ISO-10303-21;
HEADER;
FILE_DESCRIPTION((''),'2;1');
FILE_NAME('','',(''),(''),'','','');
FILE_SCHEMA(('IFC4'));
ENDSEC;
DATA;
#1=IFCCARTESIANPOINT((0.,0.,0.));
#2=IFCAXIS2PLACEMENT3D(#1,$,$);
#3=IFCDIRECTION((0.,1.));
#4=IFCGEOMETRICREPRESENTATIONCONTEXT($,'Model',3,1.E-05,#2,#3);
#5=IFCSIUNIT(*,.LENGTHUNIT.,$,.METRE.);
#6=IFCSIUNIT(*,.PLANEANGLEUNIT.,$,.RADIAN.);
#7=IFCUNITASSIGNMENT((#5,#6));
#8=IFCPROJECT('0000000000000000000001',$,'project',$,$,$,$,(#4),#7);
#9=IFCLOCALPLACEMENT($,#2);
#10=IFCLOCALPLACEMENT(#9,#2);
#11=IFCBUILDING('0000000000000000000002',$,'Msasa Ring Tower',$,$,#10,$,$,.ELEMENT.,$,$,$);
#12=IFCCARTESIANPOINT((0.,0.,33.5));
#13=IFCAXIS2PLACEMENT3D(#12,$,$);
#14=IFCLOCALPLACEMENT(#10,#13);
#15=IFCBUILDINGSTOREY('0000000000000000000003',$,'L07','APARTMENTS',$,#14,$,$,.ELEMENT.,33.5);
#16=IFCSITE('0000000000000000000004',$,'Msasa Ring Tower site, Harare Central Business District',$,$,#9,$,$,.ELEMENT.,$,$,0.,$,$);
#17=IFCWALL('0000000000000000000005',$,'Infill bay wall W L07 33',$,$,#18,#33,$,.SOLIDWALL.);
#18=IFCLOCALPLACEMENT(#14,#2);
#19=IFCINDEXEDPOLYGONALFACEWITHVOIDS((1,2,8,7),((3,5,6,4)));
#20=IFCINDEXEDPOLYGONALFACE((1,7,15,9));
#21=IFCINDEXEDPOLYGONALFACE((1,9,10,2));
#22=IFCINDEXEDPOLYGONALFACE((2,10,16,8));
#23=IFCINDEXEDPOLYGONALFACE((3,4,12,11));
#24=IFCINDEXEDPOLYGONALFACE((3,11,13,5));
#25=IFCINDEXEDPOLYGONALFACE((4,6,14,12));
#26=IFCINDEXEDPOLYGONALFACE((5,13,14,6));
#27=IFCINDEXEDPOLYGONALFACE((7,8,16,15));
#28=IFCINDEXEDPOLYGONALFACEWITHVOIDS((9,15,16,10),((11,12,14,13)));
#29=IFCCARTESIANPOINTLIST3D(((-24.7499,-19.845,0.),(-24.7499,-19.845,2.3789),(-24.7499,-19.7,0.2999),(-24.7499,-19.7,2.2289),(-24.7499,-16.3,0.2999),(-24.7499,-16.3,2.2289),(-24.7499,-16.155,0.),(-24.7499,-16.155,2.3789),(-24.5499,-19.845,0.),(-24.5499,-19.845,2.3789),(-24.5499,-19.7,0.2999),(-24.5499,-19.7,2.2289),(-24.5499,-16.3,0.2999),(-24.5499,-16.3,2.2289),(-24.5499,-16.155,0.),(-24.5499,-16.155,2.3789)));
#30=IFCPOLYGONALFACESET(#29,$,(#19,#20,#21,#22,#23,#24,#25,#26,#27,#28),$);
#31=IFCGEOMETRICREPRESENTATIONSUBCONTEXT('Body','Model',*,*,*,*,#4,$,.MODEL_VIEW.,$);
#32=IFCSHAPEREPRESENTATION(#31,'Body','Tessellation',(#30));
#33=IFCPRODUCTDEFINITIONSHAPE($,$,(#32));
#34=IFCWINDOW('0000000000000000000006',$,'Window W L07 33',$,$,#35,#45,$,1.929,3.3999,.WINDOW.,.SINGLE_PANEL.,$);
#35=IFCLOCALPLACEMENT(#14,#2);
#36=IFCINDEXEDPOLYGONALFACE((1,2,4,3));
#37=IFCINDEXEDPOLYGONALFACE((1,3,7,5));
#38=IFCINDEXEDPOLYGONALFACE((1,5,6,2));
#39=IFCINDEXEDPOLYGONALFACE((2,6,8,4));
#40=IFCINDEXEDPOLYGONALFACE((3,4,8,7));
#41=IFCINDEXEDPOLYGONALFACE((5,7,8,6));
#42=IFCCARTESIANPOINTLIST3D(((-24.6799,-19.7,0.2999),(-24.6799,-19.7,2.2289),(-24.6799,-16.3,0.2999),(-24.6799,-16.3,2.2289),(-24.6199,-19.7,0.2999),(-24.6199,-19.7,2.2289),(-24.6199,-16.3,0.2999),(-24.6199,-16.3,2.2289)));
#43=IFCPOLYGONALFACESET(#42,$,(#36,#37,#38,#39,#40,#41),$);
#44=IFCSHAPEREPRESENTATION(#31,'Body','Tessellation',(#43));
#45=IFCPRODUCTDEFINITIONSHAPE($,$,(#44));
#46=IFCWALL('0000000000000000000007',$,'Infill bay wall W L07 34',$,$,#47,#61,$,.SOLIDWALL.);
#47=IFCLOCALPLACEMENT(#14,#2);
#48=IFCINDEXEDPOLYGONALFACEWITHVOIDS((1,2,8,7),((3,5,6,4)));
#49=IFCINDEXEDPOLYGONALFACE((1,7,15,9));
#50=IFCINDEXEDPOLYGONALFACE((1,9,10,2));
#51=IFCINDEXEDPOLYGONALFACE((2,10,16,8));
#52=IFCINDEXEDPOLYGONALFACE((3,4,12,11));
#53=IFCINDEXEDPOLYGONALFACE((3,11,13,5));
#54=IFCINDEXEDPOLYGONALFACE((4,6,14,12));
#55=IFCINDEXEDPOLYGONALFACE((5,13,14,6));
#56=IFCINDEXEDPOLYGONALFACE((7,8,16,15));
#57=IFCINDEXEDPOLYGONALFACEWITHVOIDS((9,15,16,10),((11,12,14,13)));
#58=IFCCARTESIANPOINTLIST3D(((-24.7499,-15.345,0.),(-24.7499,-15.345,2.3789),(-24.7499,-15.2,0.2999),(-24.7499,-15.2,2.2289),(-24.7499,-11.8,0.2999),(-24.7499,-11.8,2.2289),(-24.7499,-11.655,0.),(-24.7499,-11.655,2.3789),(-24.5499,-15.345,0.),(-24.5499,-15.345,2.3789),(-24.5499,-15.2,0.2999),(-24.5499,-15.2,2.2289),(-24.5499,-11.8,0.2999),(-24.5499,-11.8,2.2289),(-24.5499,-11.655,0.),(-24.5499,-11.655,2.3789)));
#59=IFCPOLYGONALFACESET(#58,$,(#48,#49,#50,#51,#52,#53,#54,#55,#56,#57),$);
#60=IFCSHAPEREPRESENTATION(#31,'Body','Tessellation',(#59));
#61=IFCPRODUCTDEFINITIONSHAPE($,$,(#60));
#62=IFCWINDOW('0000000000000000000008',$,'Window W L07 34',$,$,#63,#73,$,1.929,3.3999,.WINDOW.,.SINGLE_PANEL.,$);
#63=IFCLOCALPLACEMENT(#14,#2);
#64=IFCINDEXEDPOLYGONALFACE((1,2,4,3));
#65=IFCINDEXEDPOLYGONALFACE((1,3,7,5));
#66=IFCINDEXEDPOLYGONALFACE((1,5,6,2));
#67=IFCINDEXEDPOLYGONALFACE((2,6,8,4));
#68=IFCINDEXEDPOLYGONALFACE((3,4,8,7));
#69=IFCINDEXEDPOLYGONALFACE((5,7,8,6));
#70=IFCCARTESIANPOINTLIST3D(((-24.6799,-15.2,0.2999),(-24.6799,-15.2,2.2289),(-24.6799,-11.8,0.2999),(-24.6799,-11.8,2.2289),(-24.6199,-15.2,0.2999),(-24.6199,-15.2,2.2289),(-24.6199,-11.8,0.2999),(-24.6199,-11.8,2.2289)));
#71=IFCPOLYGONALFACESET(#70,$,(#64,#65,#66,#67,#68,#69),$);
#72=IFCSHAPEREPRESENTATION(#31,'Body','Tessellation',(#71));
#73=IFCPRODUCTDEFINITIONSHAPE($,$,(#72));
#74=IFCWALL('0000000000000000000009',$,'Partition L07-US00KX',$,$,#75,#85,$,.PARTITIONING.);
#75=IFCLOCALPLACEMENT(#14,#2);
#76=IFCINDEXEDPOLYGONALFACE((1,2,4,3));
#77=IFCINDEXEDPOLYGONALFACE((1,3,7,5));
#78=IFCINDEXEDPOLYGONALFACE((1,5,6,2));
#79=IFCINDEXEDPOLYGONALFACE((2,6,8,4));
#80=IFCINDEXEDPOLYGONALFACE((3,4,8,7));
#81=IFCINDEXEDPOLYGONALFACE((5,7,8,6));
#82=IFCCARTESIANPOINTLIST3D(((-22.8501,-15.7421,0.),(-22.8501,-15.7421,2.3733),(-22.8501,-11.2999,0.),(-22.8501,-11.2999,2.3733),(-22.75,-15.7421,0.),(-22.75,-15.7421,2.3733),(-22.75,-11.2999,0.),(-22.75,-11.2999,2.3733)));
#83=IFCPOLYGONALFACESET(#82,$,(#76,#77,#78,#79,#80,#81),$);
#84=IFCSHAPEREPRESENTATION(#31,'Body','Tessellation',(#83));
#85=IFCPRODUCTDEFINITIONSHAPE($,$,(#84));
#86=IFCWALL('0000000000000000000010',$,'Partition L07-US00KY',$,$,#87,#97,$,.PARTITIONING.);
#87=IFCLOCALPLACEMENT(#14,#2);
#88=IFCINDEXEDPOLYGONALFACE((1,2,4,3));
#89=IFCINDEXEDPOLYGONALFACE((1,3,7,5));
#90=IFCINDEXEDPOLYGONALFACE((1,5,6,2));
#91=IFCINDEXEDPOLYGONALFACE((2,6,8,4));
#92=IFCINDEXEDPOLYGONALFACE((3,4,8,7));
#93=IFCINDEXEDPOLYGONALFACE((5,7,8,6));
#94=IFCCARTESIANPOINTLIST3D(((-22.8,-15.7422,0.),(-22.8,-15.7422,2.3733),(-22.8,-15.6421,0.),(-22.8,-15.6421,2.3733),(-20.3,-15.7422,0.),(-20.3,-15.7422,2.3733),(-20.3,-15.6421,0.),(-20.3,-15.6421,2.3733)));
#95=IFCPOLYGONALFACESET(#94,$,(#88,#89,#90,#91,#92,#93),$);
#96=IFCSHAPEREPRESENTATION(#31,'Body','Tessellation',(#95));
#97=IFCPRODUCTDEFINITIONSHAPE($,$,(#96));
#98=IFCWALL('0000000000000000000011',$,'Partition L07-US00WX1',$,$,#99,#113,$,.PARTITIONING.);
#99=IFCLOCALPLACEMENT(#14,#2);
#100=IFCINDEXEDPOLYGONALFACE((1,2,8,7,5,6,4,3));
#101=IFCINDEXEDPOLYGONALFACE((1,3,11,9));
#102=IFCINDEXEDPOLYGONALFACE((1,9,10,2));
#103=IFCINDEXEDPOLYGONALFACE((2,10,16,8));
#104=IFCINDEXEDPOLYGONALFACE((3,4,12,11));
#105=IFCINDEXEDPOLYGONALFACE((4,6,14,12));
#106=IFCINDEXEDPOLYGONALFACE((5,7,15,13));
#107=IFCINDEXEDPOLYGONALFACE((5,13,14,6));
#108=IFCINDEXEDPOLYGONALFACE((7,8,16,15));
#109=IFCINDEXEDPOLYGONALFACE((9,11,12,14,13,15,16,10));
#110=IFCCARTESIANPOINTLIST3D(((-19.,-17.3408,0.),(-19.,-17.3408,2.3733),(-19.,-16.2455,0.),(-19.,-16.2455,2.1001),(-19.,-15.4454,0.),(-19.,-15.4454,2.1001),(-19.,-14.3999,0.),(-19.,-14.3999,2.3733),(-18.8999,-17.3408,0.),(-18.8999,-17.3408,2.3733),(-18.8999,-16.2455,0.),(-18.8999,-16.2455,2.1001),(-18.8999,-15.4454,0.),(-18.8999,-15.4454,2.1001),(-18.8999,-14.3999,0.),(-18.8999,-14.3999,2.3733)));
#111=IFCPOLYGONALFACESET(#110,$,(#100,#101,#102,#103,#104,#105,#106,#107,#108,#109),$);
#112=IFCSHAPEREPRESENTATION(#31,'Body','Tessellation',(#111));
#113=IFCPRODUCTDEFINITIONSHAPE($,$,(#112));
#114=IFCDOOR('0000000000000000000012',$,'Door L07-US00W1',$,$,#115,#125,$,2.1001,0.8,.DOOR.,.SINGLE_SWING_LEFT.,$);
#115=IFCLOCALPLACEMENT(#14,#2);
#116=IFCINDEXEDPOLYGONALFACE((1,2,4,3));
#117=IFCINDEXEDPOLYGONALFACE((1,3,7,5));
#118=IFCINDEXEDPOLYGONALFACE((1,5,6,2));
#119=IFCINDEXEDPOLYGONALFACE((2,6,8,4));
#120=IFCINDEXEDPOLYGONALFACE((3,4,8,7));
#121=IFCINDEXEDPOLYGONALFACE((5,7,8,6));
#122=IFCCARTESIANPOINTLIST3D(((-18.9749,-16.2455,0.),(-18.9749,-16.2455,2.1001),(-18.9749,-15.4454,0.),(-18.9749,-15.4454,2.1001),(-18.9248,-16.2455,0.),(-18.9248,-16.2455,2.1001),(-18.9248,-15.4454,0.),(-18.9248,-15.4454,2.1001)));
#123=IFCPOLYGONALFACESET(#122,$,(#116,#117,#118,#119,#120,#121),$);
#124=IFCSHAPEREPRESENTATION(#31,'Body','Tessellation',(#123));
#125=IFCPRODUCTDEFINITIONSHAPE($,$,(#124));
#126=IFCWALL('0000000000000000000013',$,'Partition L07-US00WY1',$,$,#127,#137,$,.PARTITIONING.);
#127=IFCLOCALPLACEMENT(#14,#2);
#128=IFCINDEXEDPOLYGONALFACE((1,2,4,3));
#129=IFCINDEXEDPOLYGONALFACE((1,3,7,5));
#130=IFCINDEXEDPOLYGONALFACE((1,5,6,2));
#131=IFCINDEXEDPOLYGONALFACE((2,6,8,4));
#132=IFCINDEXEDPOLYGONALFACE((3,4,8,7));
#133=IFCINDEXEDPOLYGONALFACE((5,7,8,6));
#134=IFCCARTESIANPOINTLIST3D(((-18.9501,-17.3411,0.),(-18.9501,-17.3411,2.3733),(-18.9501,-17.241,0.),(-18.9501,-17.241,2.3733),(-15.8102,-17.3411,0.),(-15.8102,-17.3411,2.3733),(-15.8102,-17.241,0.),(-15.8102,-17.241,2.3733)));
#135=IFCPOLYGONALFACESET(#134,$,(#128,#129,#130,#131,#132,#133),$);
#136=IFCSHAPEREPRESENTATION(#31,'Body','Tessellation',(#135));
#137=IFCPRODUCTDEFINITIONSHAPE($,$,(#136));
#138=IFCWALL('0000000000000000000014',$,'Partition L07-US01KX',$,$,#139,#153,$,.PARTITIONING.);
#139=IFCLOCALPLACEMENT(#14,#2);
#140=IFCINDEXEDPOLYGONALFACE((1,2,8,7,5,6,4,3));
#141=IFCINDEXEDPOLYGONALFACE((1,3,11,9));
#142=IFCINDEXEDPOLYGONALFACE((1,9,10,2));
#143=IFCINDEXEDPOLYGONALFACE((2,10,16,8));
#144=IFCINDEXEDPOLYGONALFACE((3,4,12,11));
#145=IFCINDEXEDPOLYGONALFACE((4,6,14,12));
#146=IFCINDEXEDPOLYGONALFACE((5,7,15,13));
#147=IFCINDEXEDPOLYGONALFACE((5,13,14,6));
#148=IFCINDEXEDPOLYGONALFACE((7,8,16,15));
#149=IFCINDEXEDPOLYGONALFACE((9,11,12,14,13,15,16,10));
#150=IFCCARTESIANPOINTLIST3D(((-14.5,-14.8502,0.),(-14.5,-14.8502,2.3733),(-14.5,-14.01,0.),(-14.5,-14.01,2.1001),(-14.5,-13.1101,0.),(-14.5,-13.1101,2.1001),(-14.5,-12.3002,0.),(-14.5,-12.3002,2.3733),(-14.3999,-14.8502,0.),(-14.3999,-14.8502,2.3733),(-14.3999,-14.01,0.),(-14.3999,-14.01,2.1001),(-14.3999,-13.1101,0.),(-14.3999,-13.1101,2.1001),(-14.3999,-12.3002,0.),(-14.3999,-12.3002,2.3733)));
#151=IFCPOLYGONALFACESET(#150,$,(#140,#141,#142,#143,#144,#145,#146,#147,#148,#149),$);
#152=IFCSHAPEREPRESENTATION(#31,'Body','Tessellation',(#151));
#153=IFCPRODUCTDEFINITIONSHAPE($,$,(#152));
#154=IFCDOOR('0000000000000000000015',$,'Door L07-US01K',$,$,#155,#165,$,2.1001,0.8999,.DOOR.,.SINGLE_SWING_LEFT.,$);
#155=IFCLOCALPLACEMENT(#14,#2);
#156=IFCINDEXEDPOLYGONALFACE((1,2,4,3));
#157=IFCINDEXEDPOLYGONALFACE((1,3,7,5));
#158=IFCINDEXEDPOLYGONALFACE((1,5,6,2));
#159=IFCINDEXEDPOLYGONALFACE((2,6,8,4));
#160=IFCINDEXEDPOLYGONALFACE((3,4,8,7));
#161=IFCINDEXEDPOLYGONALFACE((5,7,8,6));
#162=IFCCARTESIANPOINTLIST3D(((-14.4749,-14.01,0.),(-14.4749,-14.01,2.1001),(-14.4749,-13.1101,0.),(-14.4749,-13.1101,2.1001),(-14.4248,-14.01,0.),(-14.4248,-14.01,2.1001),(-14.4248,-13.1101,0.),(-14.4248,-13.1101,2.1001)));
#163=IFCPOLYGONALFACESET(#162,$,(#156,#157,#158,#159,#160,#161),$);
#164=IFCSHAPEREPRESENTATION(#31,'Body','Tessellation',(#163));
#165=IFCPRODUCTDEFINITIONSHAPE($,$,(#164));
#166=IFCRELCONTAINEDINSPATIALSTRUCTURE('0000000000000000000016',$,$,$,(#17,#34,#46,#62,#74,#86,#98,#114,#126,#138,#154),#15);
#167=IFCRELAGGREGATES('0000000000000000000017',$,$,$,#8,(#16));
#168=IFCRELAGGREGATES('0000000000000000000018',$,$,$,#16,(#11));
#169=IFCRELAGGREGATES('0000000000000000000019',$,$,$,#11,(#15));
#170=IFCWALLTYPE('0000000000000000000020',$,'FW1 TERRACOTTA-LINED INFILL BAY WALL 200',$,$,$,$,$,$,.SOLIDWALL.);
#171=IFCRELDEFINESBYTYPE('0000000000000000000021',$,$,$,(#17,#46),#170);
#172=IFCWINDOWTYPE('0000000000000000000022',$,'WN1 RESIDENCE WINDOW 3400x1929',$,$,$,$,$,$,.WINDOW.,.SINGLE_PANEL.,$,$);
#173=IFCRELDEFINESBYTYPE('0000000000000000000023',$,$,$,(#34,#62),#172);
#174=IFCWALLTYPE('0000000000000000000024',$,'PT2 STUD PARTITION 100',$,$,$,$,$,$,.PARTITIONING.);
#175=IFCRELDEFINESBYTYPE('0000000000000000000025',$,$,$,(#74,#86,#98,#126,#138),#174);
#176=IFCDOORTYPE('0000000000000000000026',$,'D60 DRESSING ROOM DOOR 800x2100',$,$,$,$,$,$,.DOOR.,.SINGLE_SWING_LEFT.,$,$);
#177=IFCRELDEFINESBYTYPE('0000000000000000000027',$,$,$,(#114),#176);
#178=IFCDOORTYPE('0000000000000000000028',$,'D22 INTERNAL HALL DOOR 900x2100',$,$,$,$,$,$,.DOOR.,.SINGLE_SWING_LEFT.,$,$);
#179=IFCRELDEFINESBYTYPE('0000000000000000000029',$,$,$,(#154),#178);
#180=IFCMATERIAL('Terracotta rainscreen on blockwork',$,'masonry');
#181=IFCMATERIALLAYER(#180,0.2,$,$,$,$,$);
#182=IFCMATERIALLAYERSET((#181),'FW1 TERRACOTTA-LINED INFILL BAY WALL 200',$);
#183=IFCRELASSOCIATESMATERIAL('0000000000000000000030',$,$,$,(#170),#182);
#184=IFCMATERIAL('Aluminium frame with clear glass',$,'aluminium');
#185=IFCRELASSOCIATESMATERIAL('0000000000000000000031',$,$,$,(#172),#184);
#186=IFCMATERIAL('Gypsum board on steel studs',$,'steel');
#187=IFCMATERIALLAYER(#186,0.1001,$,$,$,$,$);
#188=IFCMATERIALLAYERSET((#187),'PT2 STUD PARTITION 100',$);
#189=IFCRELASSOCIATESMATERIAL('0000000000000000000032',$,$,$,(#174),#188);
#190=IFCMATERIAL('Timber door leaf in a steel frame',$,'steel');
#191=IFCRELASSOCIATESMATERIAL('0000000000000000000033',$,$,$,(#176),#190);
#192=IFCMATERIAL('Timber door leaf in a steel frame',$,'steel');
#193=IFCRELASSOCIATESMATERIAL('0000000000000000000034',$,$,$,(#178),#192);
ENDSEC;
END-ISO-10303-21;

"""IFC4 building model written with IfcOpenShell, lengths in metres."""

from ifc_helpers import new_model, si_unit, direction, frame, frame_2d, origin, place, context, subcontext, project, spatial, rectangle, extrude, material, layer, layer_set, type_object, element, fill, save


model = new_model("IFC4")

# Units and contexts
model_context = context("Model", 3, precision=1e-05, world=origin(), true_north=direction((0.0, 1.0)))
body_context = subcontext(model_context, "Body", "Model", "MODEL_VIEW")
ifc_project = project(units=[si_unit("LENGTHUNIT", "METRE"), si_unit("PLANEANGLEUNIT", "RADIAN")], contexts=[model_context])

# Site, building, storey
site_placement = place(None, origin())
site = spatial("IfcSite", under=ifc_project, at=site_placement, Name="Msasa Ring Tower site, Harare Central Business District", CompositionType="ELEMENT", RefElevation=0.0)
building_placement = place(site_placement, origin())
building = spatial("IfcBuilding", under=site, at=building_placement, Name="Msasa Ring Tower", CompositionType="ELEMENT")
storey_placement = place(building_placement, frame((0.0, 0.0, 33.5)))
storey = spatial("IfcBuildingStorey", under=building, at=storey_placement, Name="L07", Description="APARTMENTS", CompositionType="ELEMENT", Elevation=33.5)

# Walls, openings, windows
ifc_material_1 = material(Name="Terracotta rainscreen on blockwork", Category="masonry")
ifc_layer_1 = layer(ifc_material_1, 0.2)
ifc_layer_set_1 = layer_set([ifc_layer_1], Name="FW1 TERRACOTTA-LINED INFILL BAY WALL 200")
wall_type_1 = type_object("IfcWallType", Name="FW1 TERRACOTTA-LINED INFILL BAY WALL 200", PredefinedType="SOLIDWALL", material=ifc_layer_set_1)
wall_1_placement = place(storey_placement, frame((-24.6499, -19.845, 0.0), z_axis=(0.0, 0.0, 1.0), x_axis=(0.0, 1.0, 0.0)))
wall_1 = element("IfcWall", 1, at=wall_1_placement, inside=storey, type_object=wall_type_1, Name="Infill bay wall W L07 33", PredefinedType="SOLIDWALL", context=body_context, shape_type="SweptSolid", body=[
    extrude(rectangle(XDim=3.6899, YDim=0.2, at=frame_2d((1.845, 0.0))), origin(), (0.0, 0.0, 1.0), 2.3789),
])
opening_1_placement = place(wall_1_placement, frame((0.145, 0.0, 0.3)))
opening_1 = element("IfcOpeningElement", 2, at=opening_1_placement, cuts=wall_1, PredefinedType="OPENING", context=body_context, shape_type="SweptSolid", body=[
    extrude(rectangle(XDim=3.3999, YDim=1.929, at=frame_2d((1.7, 0.9644))), frame((0.0, 0.1099, 0.0), z_axis=(0.0, -1.0, 0.0), x_axis=(1.0, 0.0, 0.0)), (0.0, 0.0, 1.0), 0.22),
])
ifc_material_2 = material(Name="Aluminium frame with clear glass", Category="aluminium")
window_type = type_object("IfcWindowType", Name="WN1 RESIDENCE WINDOW 3400x1929", PartitioningType="SINGLE_PANEL", PredefinedType="WINDOW", material=ifc_material_2)
window_1_placement = place(opening_1_placement, origin())
window_1 = element("IfcWindow", 3, at=window_1_placement, inside=storey, type_object=window_type, Name="Window W L07 33", OverallHeight=1.929, OverallWidth=3.3999, PartitioningType="SINGLE_PANEL", PredefinedType="WINDOW", context=body_context, shape_type="SweptSolid", body=[
    extrude(rectangle(XDim=3.3999, YDim=1.929, at=frame_2d((1.7, 0.9644))), frame((0.0, 0.03, 0.0), z_axis=(0.0, -1.0, 0.0), x_axis=(1.0, 0.0, 0.0)), (0.0, 0.0, 1.0), 0.0601),
])
fill(opening_1, window_1)
wall_2_placement = place(storey_placement, frame((-24.6499, -15.345, 0.0), z_axis=(0.0, 0.0, 1.0), x_axis=(0.0, 1.0, 0.0)))
wall_2 = element("IfcWall", 4, at=wall_2_placement, inside=storey, type_object=wall_type_1, Name="Infill bay wall W L07 34", PredefinedType="SOLIDWALL", context=body_context, shape_type="SweptSolid", body=[
    extrude(rectangle(XDim=3.6899, YDim=0.2, at=frame_2d((1.845, 0.0))), origin(), (0.0, 0.0, 1.0), 2.3789),
])
opening_2_placement = place(wall_2_placement, frame((0.145, 0.0, 0.3)))
opening_2 = element("IfcOpeningElement", 5, at=opening_2_placement, cuts=wall_2, PredefinedType="OPENING", context=body_context, shape_type="SweptSolid", body=[
    extrude(rectangle(XDim=3.3999, YDim=1.929, at=frame_2d((1.7, 0.9644))), frame((0.0, 0.1099, 0.0), z_axis=(0.0, -1.0, 0.0), x_axis=(1.0, 0.0, 0.0)), (0.0, 0.0, 1.0), 0.22),
])
window_2_placement = place(opening_2_placement, origin())
window_2 = element("IfcWindow", 6, at=window_2_placement, inside=storey, type_object=window_type, Name="Window W L07 34", OverallHeight=1.929, OverallWidth=3.3999, PartitioningType="SINGLE_PANEL", PredefinedType="WINDOW", context=body_context, shape_type="SweptSolid", body=[
    extrude(rectangle(XDim=3.3999, YDim=1.929, at=frame_2d((1.7, 0.9644))), frame((0.0, 0.03, 0.0), z_axis=(0.0, -1.0, 0.0), x_axis=(1.0, 0.0, 0.0)), (0.0, 0.0, 1.0), 0.0601),
])
fill(opening_2, window_2)

# Walls
ifc_material_3 = material(Name="Gypsum board on steel studs", Category="steel")
ifc_layer_2 = layer(ifc_material_3, 0.1001)
ifc_layer_set_2 = layer_set([ifc_layer_2], Name="PT2 STUD PARTITION 100")
wall_type_2 = type_object("IfcWallType", Name="PT2 STUD PARTITION 100", PredefinedType="PARTITIONING", material=ifc_layer_set_2)
wall_3_placement = place(storey_placement, frame((-22.8, -15.7422, 0.0), z_axis=(0.0, 0.0, 1.0), x_axis=(0.0, 1.0, 0.0)))
element("IfcWall", 7, at=wall_3_placement, inside=storey, type_object=wall_type_2, Name="Partition L07-US00KX", PredefinedType="PARTITIONING", context=body_context, shape_type="SweptSolid", body=[
    extrude(rectangle(XDim=4.4421, YDim=0.1001, at=frame_2d((2.2212, 0.0))), origin(), (0.0, 0.0, 1.0), 2.3733),
])
wall_4_placement = place(storey_placement, frame((-22.8, -15.6921, 0.0), z_axis=(0.0, 0.0, 1.0), x_axis=(1.0, 0.0, 0.0)))
element("IfcWall", 8, at=wall_4_placement, inside=storey, type_object=wall_type_2, Name="Partition L07-US00KY", PredefinedType="PARTITIONING", context=body_context, shape_type="SweptSolid", body=[
    extrude(rectangle(XDim=2.5, YDim=0.1001, at=frame_2d((1.25, 0.0))), origin(), (0.0, 0.0, 1.0), 2.3733),
])

# Wall, opening, door
wall_5_placement = place(storey_placement, frame((-18.95, -17.3408, 0.0), z_axis=(0.0, 0.0, 1.0), x_axis=(0.0, 1.0, 0.0)))
wall_5 = element("IfcWall", 9, at=wall_5_placement, inside=storey, type_object=wall_type_2, Name="Partition L07-US00WX1", PredefinedType="PARTITIONING", context=body_context, shape_type="SweptSolid", body=[
    extrude(rectangle(XDim=2.9409, YDim=0.1001, at=frame_2d((1.4705, 0.0))), origin(), (0.0, 0.0, 1.0), 2.3733),
])
opening_3_placement = place(wall_5_placement, frame((1.0955, 0.0, 0.0)))
opening_3 = element("IfcOpeningElement", 10, at=opening_3_placement, cuts=wall_5, PredefinedType="OPENING", context=body_context, shape_type="SweptSolid", body=[
    extrude(rectangle(XDim=0.8, YDim=2.1001, at=frame_2d((0.3999, 1.05))), frame((0.0, 0.0601, 0.0), z_axis=(0.0, -1.0, 0.0), x_axis=(1.0, 0.0, 0.0)), (0.0, 0.0, 1.0), 0.1201),
])
ifc_material_4 = material(Name="Timber door leaf in a steel frame", Category="steel")
door_type_1 = type_object("IfcDoorType", Name="D60 DRESSING ROOM DOOR 800x2100", OperationType="SINGLE_SWING_LEFT", PredefinedType="DOOR", material=ifc_material_4)
door_1_placement = place(opening_3_placement, origin())
door_1 = element("IfcDoor", 11, at=door_1_placement, inside=storey, type_object=door_type_1, Name="Door L07-US00W1", OperationType="SINGLE_SWING_LEFT", OverallHeight=2.1001, OverallWidth=0.8, PredefinedType="DOOR", context=body_context, shape_type="SweptSolid", body=[
    extrude(rectangle(XDim=0.8, YDim=2.1001, at=frame_2d((0.3999, 1.05))), frame((0.0, 0.0249, 0.0), z_axis=(0.0, -1.0, 0.0), x_axis=(1.0, 0.0, 0.0)), (0.0, 0.0, 1.0), 0.05),
])
fill(opening_3, door_1)

# Wall
wall_6_placement = place(storey_placement, frame((-18.95, -17.291, 0.0), z_axis=(0.0, 0.0, 1.0), x_axis=(1.0, 0.0, 0.0)))
element("IfcWall", 12, at=wall_6_placement, inside=storey, type_object=wall_type_2, Name="Partition L07-US00WY1", PredefinedType="PARTITIONING", context=body_context, shape_type="SweptSolid", body=[
    extrude(rectangle(XDim=3.1399, YDim=0.1001, at=frame_2d((1.5698, 0.0))), origin(), (0.0, 0.0, 1.0), 2.3733),
])

# Wall, opening, door
wall_7_placement = place(storey_placement, frame((-14.45, -14.8501, 0.0), z_axis=(0.0, 0.0, 1.0), x_axis=(0.0, 1.0, 0.0)))
wall_7 = element("IfcWall", 13, at=wall_7_placement, inside=storey, type_object=wall_type_2, Name="Partition L07-US01KX", PredefinedType="PARTITIONING", context=body_context, shape_type="SweptSolid", body=[
    extrude(rectangle(XDim=2.55, YDim=0.1001, at=frame_2d((1.2749, 0.0))), origin(), (0.0, 0.0, 1.0), 2.3733),
])
opening_4_placement = place(wall_7_placement, frame((0.8401, 0.0, 0.0)))
opening_4 = element("IfcOpeningElement", 14, at=opening_4_placement, cuts=wall_7, PredefinedType="OPENING", context=body_context, shape_type="SweptSolid", body=[
    extrude(rectangle(XDim=0.8999, YDim=2.1001, at=frame_2d((0.45, 1.05))), frame((0.0, 0.0601, 0.0), z_axis=(0.0, -1.0, 0.0), x_axis=(1.0, 0.0, 0.0)), (0.0, 0.0, 1.0), 0.1201),
])
ifc_material_5 = material(Name="Timber door leaf in a steel frame", Category="steel")
door_type_2 = type_object("IfcDoorType", Name="D22 INTERNAL HALL DOOR 900x2100", OperationType="SINGLE_SWING_LEFT", PredefinedType="DOOR", material=ifc_material_5)
door_2_placement = place(opening_4_placement, origin())
door_2 = element("IfcDoor", 15, at=door_2_placement, inside=storey, type_object=door_type_2, Name="Door L07-US01K", OperationType="SINGLE_SWING_LEFT", OverallHeight=2.1001, OverallWidth=0.8999, PredefinedType="DOOR", context=body_context, shape_type="SweptSolid", body=[
    extrude(rectangle(XDim=0.8999, YDim=2.1001, at=frame_2d((0.45, 1.05))), frame((0.0, 0.0249, 0.0), z_axis=(0.0, -1.0, 0.0), x_axis=(1.0, 0.0, 0.0)), (0.0, 0.0, 1.0), 0.05),
])
fill(opening_4, door_2)

save(model, "model.ifc")
